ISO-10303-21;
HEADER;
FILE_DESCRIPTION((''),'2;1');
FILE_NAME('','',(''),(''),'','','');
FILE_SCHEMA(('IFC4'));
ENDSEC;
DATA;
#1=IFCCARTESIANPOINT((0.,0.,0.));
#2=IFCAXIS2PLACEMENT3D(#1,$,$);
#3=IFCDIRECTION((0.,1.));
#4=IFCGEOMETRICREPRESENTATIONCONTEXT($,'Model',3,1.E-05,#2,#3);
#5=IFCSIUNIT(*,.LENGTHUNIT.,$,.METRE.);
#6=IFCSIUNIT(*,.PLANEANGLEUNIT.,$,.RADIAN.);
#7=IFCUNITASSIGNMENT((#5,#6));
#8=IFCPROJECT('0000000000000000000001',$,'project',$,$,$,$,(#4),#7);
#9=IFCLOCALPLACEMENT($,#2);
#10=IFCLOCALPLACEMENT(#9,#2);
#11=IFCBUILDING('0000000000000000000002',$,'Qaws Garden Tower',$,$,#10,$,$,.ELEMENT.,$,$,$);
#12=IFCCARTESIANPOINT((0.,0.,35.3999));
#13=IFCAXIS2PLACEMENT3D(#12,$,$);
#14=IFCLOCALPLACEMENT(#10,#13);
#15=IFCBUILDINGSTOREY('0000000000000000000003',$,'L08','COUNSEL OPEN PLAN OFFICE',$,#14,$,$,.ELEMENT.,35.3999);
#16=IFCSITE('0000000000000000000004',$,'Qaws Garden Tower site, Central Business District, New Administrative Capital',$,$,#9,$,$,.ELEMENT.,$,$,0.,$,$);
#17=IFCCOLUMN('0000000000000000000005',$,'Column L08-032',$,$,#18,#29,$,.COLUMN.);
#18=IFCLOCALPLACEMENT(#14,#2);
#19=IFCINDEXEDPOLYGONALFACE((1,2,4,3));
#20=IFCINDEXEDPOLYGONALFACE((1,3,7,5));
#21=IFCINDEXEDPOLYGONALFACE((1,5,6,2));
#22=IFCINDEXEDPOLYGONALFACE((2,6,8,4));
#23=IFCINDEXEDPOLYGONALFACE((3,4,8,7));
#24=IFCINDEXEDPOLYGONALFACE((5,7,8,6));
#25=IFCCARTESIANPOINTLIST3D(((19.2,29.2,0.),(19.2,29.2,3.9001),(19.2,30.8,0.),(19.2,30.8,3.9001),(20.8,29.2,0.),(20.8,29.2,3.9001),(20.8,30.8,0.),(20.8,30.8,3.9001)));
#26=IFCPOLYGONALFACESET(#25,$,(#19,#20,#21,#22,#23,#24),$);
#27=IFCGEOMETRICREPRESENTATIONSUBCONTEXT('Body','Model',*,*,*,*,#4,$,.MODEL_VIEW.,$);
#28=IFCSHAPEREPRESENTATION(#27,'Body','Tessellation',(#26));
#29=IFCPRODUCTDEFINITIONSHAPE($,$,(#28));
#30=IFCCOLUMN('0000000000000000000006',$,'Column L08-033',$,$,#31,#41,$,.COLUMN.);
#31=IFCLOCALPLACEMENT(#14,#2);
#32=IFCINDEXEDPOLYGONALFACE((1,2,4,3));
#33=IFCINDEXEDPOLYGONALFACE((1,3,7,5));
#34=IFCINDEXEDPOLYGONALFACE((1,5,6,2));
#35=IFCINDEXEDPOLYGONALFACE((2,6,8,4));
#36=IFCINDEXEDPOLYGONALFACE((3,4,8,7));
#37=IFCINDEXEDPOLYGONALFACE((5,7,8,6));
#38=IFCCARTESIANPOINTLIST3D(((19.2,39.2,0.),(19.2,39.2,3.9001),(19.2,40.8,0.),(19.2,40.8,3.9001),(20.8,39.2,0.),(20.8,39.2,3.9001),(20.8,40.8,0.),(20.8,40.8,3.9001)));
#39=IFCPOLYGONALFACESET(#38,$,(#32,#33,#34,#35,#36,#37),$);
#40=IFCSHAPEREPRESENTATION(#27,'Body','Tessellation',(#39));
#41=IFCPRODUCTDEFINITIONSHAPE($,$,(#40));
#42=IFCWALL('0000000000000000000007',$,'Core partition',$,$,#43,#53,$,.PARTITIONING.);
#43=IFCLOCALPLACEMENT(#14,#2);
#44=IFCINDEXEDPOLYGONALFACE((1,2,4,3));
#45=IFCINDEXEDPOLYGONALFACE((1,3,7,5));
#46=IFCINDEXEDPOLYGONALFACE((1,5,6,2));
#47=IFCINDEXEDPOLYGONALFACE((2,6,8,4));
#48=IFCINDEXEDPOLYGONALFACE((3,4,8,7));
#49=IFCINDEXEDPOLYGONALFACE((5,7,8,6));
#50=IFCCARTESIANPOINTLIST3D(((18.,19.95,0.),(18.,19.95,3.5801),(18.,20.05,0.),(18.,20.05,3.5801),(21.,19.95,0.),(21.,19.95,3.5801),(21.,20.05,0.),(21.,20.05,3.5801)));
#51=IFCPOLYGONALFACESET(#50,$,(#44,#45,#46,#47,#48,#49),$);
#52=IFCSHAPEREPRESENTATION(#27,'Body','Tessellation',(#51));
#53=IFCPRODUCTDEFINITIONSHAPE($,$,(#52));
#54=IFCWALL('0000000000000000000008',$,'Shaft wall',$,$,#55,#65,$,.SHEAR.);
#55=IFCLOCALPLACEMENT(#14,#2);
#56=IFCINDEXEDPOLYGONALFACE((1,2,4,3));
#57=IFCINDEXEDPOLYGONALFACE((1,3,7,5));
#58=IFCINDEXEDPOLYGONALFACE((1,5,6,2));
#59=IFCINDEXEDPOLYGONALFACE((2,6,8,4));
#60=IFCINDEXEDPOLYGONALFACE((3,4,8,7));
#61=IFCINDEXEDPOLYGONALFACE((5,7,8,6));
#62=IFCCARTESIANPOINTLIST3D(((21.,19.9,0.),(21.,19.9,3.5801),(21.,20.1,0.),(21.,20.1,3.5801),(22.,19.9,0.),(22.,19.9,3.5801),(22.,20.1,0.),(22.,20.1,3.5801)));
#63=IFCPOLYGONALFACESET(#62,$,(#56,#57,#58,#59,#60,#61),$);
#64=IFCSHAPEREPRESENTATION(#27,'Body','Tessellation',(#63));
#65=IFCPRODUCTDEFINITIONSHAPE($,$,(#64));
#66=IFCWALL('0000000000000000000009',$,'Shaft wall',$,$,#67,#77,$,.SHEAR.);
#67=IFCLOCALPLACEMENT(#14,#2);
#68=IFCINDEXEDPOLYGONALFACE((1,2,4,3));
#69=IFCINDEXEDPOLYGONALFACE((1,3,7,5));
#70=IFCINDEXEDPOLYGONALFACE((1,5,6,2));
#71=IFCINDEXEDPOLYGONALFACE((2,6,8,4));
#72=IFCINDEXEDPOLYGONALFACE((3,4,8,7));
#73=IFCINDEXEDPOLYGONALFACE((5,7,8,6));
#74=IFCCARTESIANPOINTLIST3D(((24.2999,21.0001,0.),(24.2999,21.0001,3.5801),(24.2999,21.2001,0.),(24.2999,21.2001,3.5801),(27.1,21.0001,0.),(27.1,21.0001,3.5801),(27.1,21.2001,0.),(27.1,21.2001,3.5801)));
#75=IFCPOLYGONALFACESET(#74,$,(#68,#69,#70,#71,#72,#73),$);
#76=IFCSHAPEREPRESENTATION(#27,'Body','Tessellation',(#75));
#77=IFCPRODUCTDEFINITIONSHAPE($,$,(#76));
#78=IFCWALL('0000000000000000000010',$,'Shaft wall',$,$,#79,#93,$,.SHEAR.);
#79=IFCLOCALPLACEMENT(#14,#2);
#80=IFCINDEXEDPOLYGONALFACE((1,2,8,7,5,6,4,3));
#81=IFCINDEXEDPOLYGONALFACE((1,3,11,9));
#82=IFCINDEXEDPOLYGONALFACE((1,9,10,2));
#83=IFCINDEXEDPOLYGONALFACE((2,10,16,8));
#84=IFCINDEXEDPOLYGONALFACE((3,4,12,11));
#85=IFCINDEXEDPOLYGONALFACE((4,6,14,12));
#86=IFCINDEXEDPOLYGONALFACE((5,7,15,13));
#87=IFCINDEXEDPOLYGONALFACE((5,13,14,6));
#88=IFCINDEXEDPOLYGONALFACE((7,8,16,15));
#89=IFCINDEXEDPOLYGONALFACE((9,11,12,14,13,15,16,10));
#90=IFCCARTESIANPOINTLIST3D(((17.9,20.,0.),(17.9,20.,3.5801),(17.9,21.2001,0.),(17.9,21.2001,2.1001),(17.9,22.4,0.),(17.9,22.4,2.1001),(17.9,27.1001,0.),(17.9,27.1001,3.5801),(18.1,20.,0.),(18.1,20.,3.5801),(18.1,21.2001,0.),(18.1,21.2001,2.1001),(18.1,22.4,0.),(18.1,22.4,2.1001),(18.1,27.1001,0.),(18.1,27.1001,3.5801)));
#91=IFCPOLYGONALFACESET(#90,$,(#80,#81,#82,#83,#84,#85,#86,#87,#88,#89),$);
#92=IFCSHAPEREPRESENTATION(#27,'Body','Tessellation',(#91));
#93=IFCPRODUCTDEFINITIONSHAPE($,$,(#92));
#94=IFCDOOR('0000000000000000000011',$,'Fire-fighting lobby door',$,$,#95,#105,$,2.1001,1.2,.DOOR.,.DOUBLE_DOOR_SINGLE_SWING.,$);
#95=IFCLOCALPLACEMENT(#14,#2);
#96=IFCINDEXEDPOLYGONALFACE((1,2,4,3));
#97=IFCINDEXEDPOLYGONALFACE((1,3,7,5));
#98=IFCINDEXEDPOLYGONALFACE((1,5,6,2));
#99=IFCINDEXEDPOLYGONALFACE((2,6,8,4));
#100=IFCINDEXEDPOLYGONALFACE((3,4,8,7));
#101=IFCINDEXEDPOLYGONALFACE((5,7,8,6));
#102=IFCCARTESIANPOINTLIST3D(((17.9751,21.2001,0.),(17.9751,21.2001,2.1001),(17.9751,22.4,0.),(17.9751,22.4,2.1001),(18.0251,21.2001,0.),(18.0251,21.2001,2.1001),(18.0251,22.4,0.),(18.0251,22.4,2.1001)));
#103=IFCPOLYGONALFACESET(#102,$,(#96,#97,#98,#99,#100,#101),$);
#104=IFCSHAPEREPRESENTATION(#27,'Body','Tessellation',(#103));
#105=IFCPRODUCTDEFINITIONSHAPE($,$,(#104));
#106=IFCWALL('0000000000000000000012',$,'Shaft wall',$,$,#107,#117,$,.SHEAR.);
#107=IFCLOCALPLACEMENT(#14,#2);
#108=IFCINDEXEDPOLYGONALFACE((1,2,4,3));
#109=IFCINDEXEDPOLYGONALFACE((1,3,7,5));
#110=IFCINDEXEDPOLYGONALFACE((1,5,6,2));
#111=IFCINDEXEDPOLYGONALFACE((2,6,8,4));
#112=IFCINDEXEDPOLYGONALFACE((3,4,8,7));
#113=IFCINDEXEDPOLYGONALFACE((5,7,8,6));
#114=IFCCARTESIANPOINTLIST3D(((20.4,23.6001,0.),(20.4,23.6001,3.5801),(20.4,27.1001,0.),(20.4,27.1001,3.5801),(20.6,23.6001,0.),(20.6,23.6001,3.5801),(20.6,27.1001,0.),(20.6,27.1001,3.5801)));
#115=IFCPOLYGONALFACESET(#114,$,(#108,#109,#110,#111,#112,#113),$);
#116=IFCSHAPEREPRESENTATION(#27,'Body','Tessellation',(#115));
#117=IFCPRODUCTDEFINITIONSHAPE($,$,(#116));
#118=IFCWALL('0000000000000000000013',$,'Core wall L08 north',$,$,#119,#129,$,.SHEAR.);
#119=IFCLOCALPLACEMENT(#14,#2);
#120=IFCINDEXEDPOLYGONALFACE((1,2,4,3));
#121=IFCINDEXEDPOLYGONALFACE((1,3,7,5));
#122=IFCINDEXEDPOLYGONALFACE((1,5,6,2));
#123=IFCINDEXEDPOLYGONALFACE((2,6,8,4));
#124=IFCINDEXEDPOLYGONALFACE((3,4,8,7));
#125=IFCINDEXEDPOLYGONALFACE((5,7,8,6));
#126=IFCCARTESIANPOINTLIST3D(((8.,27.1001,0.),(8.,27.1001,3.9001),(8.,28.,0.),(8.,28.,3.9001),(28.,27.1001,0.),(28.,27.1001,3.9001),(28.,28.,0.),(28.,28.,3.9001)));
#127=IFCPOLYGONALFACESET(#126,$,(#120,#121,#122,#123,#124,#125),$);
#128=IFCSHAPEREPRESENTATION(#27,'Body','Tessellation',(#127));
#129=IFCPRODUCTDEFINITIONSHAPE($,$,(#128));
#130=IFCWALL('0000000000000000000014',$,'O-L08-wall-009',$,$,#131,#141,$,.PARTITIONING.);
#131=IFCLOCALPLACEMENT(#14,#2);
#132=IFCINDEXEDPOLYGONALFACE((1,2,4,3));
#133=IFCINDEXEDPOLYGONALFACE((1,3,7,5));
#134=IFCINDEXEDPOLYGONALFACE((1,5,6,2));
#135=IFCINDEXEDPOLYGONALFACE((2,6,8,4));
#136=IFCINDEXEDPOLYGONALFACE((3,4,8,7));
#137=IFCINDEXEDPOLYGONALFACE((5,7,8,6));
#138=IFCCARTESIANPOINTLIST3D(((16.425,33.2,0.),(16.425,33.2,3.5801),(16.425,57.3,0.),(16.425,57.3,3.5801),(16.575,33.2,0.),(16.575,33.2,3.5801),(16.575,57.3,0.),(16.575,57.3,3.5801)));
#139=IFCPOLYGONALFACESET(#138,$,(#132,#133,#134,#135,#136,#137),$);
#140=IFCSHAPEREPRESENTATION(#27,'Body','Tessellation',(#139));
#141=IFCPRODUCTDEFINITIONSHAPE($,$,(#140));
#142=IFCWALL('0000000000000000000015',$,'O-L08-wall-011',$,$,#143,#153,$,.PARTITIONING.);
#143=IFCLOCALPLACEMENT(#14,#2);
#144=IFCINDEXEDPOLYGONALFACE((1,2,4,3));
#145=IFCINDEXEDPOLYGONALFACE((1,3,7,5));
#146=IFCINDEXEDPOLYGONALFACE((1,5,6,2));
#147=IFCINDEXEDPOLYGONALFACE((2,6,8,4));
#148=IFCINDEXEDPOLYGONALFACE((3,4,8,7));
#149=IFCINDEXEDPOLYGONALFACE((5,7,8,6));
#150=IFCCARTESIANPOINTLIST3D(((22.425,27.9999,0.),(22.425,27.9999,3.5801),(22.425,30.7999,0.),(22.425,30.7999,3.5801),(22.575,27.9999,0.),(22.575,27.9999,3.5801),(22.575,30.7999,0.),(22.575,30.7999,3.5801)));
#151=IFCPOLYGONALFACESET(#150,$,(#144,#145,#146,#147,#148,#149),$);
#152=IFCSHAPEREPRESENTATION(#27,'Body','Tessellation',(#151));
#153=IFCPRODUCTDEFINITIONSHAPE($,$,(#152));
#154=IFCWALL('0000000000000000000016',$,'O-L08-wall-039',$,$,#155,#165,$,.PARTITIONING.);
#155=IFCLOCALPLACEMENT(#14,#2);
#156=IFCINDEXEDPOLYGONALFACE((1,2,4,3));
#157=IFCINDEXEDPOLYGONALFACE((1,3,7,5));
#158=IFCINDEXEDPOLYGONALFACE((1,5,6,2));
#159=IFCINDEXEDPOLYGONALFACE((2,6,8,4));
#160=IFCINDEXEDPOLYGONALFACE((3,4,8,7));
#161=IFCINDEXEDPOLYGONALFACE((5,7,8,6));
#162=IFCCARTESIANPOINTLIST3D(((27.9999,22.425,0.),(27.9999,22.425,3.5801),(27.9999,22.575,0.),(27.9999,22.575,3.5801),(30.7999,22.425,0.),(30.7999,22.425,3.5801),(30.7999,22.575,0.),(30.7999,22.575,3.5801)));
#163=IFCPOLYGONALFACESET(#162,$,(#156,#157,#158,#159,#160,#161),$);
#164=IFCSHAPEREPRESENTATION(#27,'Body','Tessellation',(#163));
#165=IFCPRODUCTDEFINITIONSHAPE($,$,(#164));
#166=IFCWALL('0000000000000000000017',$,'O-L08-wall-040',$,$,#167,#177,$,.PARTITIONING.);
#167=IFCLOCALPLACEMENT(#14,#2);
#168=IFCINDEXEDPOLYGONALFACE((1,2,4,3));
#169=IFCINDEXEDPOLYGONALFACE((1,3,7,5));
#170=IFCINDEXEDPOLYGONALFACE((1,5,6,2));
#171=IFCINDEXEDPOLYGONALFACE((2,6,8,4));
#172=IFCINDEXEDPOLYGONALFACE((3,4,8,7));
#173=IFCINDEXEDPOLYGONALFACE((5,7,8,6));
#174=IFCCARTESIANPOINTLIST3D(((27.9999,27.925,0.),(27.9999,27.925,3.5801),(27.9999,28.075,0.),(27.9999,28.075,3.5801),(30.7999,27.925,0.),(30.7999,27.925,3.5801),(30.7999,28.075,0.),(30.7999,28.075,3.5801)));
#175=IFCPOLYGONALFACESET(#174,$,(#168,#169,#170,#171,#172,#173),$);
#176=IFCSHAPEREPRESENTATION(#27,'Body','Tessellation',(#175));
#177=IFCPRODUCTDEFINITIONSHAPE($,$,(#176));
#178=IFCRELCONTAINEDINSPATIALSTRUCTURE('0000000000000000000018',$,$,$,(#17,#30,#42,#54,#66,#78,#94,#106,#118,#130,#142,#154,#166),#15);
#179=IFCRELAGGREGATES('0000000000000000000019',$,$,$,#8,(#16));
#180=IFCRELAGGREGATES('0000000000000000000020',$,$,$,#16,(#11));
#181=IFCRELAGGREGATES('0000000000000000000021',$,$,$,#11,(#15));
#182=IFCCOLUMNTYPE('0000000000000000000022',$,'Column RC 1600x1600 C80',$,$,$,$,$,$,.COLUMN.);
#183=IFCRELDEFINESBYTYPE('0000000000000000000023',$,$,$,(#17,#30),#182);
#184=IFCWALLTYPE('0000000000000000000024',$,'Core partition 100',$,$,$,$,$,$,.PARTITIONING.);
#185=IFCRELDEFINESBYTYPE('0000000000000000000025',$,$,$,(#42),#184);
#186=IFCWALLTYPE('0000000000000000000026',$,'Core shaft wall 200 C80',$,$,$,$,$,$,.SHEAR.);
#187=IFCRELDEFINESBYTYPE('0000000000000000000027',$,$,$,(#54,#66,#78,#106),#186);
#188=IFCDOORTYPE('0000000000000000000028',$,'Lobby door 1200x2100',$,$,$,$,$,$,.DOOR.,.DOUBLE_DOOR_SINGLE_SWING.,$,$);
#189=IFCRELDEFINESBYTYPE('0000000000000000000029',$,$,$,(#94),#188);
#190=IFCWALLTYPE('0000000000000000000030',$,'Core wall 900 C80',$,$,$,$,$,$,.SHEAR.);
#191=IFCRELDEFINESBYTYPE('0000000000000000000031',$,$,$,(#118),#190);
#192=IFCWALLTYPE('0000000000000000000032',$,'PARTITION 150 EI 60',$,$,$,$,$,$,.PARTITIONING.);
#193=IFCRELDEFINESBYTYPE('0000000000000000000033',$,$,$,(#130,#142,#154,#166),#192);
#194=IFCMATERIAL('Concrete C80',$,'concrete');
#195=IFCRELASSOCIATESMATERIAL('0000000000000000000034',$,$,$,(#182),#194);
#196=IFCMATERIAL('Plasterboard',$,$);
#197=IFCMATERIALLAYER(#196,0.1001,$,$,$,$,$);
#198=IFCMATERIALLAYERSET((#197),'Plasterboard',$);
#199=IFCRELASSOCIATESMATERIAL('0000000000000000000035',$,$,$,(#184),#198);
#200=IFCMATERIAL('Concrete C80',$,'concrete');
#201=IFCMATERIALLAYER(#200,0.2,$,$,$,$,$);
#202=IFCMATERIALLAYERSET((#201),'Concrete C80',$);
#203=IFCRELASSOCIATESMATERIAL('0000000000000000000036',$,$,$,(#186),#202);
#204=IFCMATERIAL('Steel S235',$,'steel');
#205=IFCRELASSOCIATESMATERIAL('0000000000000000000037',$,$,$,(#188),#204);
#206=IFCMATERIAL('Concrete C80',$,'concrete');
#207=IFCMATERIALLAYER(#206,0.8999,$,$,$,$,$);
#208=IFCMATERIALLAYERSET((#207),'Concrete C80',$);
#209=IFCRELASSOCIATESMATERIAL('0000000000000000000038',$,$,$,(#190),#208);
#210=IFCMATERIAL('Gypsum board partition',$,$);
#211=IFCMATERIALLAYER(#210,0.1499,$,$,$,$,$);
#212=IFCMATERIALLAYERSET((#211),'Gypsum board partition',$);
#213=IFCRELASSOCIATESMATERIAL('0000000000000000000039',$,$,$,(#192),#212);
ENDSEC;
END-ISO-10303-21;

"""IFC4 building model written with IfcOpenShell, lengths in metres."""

from ifc_helpers import new_model, si_unit, direction, frame, frame_2d, origin, origin_2d, place, context, subcontext, project, spatial, rectangle, extrude, material, layer, layer_set, material_profile, profile_set, type_object, element, fill, save


model = new_model("IFC4")

# Units and contexts
model_context = context("Model", 3, precision=1e-05, world=origin(), true_north=direction((0.0, 1.0)))
body_context = subcontext(model_context, "Body", "Model", "MODEL_VIEW")
ifc_project = project(units=[si_unit("LENGTHUNIT", "METRE"), si_unit("PLANEANGLEUNIT", "RADIAN")], contexts=[model_context])

# Site, building, storey
site_placement = place(None, origin())
site = spatial("IfcSite", under=ifc_project, at=site_placement, Name="Qaws Garden Tower site, Central Business District, New Administrative Capital", CompositionType="ELEMENT", RefElevation=0.0)
building_placement = place(site_placement, origin())
building = spatial("IfcBuilding", under=site, at=building_placement, Name="Qaws Garden Tower", CompositionType="ELEMENT")
storey_placement = place(building_placement, frame((0.0, 0.0, 35.3999)))
storey = spatial("IfcBuildingStorey", under=building, at=storey_placement, Name="L08", Description="COUNSEL OPEN PLAN OFFICE", CompositionType="ELEMENT", Elevation=35.3999)

# Columns
ifc_material_1 = material(Name="Concrete C80", Category="concrete")
ifc_material_profile = material_profile(ifc_material_1, rectangle(XDim=1.6001, YDim=1.6001, at=origin_2d()), Name="RC 1600x1600")
ifc_profile_set = profile_set([ifc_material_profile], Name="Concrete C80")
column_type = type_object("IfcColumnType", Name="Column RC 1600x1600 C80", PredefinedType="COLUMN", material=ifc_profile_set)
for number, where, z_axis, x_axis, name in (
    (1, (20.0, 30.0, 0.0), (0.0, 0.0, 1.0), (1.0, 0.0, 0.0), "Column L08-032"),
    (2, (20.0, 40.0, 0.0), (0.0, 0.0, 1.0), (1.0, 0.0, 0.0), "Column L08-033"),
):
    element("IfcColumn", number, at=place(storey_placement, frame(where, z_axis=z_axis, x_axis=x_axis)), inside=storey, type_object=column_type, Name=name, PredefinedType="COLUMN", context=body_context, shape_type="SweptSolid", body=[
        extrude(rectangle(XDim=1.6001, YDim=1.6001, at=origin_2d()), origin(), (0.0, 0.0, 1.0), 3.9001),
    ])

# Walls
ifc_material_2 = material(Name="Plasterboard")
ifc_layer_1 = layer(ifc_material_2, 0.1001)
ifc_layer_set_1 = layer_set([ifc_layer_1], Name="Plasterboard")
wall_type_1 = type_object("IfcWallType", Name="Core partition 100", PredefinedType="PARTITIONING", material=ifc_layer_set_1)
wall_1_placement = place(storey_placement, frame((18.0, 20.0, 0.0), z_axis=(0.0, 0.0, 1.0), x_axis=(1.0, 0.0, 0.0)))
element("IfcWall", 3, at=wall_1_placement, inside=storey, type_object=wall_type_1, Name="Core partition", PredefinedType="PARTITIONING", context=body_context, shape_type="SweptSolid", body=[
    extrude(rectangle(XDim=3.0, YDim=0.1001, at=frame_2d((1.5, 0.0))), origin(), (0.0, 0.0, 1.0), 3.5801),
])
ifc_material_3 = material(Name="Concrete C80", Category="concrete")
ifc_layer_2 = layer(ifc_material_3, 0.2)
ifc_layer_set_2 = layer_set([ifc_layer_2], Name="Concrete C80")
wall_type_2 = type_object("IfcWallType", Name="Core shaft wall 200 C80", PredefinedType="SHEAR", material=ifc_layer_set_2)
wall_2_placement = place(storey_placement, frame((21.0, 20.0, 0.0), z_axis=(0.0, 0.0, 1.0), x_axis=(1.0, 0.0, 0.0)))
element("IfcWall", 4, at=wall_2_placement, inside=storey, type_object=wall_type_2, Name="Shaft wall", PredefinedType="SHEAR", context=body_context, shape_type="SweptSolid", body=[
    extrude(rectangle(XDim=1.0, YDim=0.2, at=frame_2d((0.5, 0.0))), origin(), (0.0, 0.0, 1.0), 3.5801),
])
wall_3_placement = place(storey_placement, frame((24.3, 21.1001, 0.0), z_axis=(0.0, 0.0, 1.0), x_axis=(1.0, 0.0, 0.0)))
element("IfcWall", 5, at=wall_3_placement, inside=storey, type_object=wall_type_2, Name="Shaft wall", PredefinedType="SHEAR", context=body_context, shape_type="SweptSolid", body=[
    extrude(rectangle(XDim=2.8, YDim=0.2, at=frame_2d((1.3999, 0.0))), origin(), (0.0, 0.0, 1.0), 3.5801),
])

# Wall, opening, door
wall_4_placement = place(storey_placement, frame((18.0, 20.0, 0.0), z_axis=(0.0, 0.0, 1.0), x_axis=(0.0, 1.0, 0.0)))
wall_4 = element("IfcWall", 6, at=wall_4_placement, inside=storey, type_object=wall_type_2, Name="Shaft wall", PredefinedType="SHEAR", context=body_context, shape_type="SweptSolid", body=[
    extrude(rectangle(XDim=7.1001, YDim=0.2, at=frame_2d((3.55, 0.0))), origin(), (0.0, 0.0, 1.0), 3.5801),
])
opening_1_placement = place(wall_4_placement, frame((1.2, 0.0, 0.0)))
opening_1 = element("IfcOpeningElement", 7, at=opening_1_placement, cuts=wall_4, PredefinedType="OPENING", context=body_context, shape_type="SweptSolid", body=[
    extrude(rectangle(XDim=1.2, YDim=2.1001, at=frame_2d((0.6001, 1.05))), frame((0.0, 0.1099, 0.0), z_axis=(0.0, -1.0, 0.0), x_axis=(1.0, 0.0, 0.0)), (0.0, 0.0, 1.0), 0.22),
])
ifc_material_4 = material(Name="Steel S235", Category="steel")
door_type_1 = type_object("IfcDoorType", Name="Lobby door 1200x2100", OperationType="DOUBLE_DOOR_SINGLE_SWING", PredefinedType="DOOR", material=ifc_material_4)
door_1_placement = place(opening_1_placement, origin())
door_1 = element("IfcDoor", 8, at=door_1_placement, inside=storey, type_object=door_type_1, Name="Fire-fighting lobby door", OperationType="DOUBLE_DOOR_SINGLE_SWING", OverallHeight=2.1001, OverallWidth=1.2, PredefinedType="DOOR", context=body_context, shape_type="SweptSolid", body=[
    extrude(rectangle(XDim=1.2, YDim=2.1001, at=frame_2d((0.6001, 1.05))), frame((0.0, 0.0249, 0.0), z_axis=(0.0, -1.0, 0.0), x_axis=(1.0, 0.0, 0.0)), (0.0, 0.0, 1.0), 0.05),
])
fill(opening_1, door_1)

# Walls
wall_5_placement = place(storey_placement, frame((20.5, 23.6001, 0.0), z_axis=(0.0, 0.0, 1.0), x_axis=(0.0, 1.0, 0.0)))
element("IfcWall", 9, at=wall_5_placement, inside=storey, type_object=wall_type_2, Name="Shaft wall", PredefinedType="SHEAR", context=body_context, shape_type="SweptSolid", body=[
    extrude(rectangle(XDim=3.5, YDim=0.2, at=frame_2d((1.75, 0.0))), origin(), (0.0, 0.0, 1.0), 3.5801),
])
ifc_material_5 = material(Name="Concrete C80", Category="concrete")
ifc_layer_3 = layer(ifc_material_5, 0.8999)
ifc_layer_set_3 = layer_set([ifc_layer_3], Name="Concrete C80")
wall_type_3 = type_object("IfcWallType", Name="Core wall 900 C80", PredefinedType="SHEAR", material=ifc_layer_set_3)
wall_6_placement = place(storey_placement, frame((28.0, 27.55, 0.0), z_axis=(0.0, 0.0, 1.0), x_axis=(-1.0, 0.0, 0.0)))
element("IfcWall", 10, at=wall_6_placement, inside=storey, type_object=wall_type_3, Name="Core wall L08 north", PredefinedType="SHEAR", context=body_context, shape_type="SweptSolid", body=[
    extrude(rectangle(XDim=20.0, YDim=0.8999, at=frame_2d((10.0, 0.0))), origin(), (0.0, 0.0, 1.0), 3.9001),
])
ifc_material_6 = material(Name="Gypsum board partition")
ifc_layer_4 = layer(ifc_material_6, 0.1499)
ifc_layer_set_4 = layer_set([ifc_layer_4], Name="Gypsum board partition")
wall_type_4 = type_object("IfcWallType", Name="PARTITION 150 EI 60", PredefinedType="PARTITIONING", material=ifc_layer_set_4)
wall_7_placement = place(storey_placement, frame((16.5, 33.2, 0.0), z_axis=(0.0, 0.0, 1.0), x_axis=(0.0, 1.0, 0.0)))
element("IfcWall", 11, at=wall_7_placement, inside=storey, type_object=wall_type_4, Name="O-L08-wall-009", PredefinedType="PARTITIONING", context=body_context, shape_type="SweptSolid", body=[
    extrude(rectangle(XDim=24.1001, YDim=0.1499, at=frame_2d((12.05, 0.0))), origin(), (0.0, 0.0, 1.0), 3.5801),
])
for number, where, z_axis, x_axis, name in (
    (12, (22.5, 28.0, 0.0), (0.0, 0.0, 1.0), (0.0, 1.0, 0.0), "O-L08-wall-011"),
    (13, (28.0, 22.5, 0.0), (0.0, 0.0, 1.0), (1.0, 0.0, 0.0), "O-L08-wall-039"),
    (14, (28.0, 28.0, 0.0), (0.0, 0.0, 1.0), (1.0, 0.0, 0.0), "O-L08-wall-040"),
):
    element("IfcWall", number, at=place(storey_placement, frame(where, z_axis=z_axis, x_axis=x_axis)), inside=storey, type_object=wall_type_4, Name=name, PredefinedType="PARTITIONING", context=body_context, shape_type="SweptSolid", body=[
        extrude(rectangle(XDim=2.8, YDim=0.1499, at=frame_2d((1.3999, 0.0))), origin(), (0.0, 0.0, 1.0), 3.5801),
    ])

save(model, "model.ifc")
